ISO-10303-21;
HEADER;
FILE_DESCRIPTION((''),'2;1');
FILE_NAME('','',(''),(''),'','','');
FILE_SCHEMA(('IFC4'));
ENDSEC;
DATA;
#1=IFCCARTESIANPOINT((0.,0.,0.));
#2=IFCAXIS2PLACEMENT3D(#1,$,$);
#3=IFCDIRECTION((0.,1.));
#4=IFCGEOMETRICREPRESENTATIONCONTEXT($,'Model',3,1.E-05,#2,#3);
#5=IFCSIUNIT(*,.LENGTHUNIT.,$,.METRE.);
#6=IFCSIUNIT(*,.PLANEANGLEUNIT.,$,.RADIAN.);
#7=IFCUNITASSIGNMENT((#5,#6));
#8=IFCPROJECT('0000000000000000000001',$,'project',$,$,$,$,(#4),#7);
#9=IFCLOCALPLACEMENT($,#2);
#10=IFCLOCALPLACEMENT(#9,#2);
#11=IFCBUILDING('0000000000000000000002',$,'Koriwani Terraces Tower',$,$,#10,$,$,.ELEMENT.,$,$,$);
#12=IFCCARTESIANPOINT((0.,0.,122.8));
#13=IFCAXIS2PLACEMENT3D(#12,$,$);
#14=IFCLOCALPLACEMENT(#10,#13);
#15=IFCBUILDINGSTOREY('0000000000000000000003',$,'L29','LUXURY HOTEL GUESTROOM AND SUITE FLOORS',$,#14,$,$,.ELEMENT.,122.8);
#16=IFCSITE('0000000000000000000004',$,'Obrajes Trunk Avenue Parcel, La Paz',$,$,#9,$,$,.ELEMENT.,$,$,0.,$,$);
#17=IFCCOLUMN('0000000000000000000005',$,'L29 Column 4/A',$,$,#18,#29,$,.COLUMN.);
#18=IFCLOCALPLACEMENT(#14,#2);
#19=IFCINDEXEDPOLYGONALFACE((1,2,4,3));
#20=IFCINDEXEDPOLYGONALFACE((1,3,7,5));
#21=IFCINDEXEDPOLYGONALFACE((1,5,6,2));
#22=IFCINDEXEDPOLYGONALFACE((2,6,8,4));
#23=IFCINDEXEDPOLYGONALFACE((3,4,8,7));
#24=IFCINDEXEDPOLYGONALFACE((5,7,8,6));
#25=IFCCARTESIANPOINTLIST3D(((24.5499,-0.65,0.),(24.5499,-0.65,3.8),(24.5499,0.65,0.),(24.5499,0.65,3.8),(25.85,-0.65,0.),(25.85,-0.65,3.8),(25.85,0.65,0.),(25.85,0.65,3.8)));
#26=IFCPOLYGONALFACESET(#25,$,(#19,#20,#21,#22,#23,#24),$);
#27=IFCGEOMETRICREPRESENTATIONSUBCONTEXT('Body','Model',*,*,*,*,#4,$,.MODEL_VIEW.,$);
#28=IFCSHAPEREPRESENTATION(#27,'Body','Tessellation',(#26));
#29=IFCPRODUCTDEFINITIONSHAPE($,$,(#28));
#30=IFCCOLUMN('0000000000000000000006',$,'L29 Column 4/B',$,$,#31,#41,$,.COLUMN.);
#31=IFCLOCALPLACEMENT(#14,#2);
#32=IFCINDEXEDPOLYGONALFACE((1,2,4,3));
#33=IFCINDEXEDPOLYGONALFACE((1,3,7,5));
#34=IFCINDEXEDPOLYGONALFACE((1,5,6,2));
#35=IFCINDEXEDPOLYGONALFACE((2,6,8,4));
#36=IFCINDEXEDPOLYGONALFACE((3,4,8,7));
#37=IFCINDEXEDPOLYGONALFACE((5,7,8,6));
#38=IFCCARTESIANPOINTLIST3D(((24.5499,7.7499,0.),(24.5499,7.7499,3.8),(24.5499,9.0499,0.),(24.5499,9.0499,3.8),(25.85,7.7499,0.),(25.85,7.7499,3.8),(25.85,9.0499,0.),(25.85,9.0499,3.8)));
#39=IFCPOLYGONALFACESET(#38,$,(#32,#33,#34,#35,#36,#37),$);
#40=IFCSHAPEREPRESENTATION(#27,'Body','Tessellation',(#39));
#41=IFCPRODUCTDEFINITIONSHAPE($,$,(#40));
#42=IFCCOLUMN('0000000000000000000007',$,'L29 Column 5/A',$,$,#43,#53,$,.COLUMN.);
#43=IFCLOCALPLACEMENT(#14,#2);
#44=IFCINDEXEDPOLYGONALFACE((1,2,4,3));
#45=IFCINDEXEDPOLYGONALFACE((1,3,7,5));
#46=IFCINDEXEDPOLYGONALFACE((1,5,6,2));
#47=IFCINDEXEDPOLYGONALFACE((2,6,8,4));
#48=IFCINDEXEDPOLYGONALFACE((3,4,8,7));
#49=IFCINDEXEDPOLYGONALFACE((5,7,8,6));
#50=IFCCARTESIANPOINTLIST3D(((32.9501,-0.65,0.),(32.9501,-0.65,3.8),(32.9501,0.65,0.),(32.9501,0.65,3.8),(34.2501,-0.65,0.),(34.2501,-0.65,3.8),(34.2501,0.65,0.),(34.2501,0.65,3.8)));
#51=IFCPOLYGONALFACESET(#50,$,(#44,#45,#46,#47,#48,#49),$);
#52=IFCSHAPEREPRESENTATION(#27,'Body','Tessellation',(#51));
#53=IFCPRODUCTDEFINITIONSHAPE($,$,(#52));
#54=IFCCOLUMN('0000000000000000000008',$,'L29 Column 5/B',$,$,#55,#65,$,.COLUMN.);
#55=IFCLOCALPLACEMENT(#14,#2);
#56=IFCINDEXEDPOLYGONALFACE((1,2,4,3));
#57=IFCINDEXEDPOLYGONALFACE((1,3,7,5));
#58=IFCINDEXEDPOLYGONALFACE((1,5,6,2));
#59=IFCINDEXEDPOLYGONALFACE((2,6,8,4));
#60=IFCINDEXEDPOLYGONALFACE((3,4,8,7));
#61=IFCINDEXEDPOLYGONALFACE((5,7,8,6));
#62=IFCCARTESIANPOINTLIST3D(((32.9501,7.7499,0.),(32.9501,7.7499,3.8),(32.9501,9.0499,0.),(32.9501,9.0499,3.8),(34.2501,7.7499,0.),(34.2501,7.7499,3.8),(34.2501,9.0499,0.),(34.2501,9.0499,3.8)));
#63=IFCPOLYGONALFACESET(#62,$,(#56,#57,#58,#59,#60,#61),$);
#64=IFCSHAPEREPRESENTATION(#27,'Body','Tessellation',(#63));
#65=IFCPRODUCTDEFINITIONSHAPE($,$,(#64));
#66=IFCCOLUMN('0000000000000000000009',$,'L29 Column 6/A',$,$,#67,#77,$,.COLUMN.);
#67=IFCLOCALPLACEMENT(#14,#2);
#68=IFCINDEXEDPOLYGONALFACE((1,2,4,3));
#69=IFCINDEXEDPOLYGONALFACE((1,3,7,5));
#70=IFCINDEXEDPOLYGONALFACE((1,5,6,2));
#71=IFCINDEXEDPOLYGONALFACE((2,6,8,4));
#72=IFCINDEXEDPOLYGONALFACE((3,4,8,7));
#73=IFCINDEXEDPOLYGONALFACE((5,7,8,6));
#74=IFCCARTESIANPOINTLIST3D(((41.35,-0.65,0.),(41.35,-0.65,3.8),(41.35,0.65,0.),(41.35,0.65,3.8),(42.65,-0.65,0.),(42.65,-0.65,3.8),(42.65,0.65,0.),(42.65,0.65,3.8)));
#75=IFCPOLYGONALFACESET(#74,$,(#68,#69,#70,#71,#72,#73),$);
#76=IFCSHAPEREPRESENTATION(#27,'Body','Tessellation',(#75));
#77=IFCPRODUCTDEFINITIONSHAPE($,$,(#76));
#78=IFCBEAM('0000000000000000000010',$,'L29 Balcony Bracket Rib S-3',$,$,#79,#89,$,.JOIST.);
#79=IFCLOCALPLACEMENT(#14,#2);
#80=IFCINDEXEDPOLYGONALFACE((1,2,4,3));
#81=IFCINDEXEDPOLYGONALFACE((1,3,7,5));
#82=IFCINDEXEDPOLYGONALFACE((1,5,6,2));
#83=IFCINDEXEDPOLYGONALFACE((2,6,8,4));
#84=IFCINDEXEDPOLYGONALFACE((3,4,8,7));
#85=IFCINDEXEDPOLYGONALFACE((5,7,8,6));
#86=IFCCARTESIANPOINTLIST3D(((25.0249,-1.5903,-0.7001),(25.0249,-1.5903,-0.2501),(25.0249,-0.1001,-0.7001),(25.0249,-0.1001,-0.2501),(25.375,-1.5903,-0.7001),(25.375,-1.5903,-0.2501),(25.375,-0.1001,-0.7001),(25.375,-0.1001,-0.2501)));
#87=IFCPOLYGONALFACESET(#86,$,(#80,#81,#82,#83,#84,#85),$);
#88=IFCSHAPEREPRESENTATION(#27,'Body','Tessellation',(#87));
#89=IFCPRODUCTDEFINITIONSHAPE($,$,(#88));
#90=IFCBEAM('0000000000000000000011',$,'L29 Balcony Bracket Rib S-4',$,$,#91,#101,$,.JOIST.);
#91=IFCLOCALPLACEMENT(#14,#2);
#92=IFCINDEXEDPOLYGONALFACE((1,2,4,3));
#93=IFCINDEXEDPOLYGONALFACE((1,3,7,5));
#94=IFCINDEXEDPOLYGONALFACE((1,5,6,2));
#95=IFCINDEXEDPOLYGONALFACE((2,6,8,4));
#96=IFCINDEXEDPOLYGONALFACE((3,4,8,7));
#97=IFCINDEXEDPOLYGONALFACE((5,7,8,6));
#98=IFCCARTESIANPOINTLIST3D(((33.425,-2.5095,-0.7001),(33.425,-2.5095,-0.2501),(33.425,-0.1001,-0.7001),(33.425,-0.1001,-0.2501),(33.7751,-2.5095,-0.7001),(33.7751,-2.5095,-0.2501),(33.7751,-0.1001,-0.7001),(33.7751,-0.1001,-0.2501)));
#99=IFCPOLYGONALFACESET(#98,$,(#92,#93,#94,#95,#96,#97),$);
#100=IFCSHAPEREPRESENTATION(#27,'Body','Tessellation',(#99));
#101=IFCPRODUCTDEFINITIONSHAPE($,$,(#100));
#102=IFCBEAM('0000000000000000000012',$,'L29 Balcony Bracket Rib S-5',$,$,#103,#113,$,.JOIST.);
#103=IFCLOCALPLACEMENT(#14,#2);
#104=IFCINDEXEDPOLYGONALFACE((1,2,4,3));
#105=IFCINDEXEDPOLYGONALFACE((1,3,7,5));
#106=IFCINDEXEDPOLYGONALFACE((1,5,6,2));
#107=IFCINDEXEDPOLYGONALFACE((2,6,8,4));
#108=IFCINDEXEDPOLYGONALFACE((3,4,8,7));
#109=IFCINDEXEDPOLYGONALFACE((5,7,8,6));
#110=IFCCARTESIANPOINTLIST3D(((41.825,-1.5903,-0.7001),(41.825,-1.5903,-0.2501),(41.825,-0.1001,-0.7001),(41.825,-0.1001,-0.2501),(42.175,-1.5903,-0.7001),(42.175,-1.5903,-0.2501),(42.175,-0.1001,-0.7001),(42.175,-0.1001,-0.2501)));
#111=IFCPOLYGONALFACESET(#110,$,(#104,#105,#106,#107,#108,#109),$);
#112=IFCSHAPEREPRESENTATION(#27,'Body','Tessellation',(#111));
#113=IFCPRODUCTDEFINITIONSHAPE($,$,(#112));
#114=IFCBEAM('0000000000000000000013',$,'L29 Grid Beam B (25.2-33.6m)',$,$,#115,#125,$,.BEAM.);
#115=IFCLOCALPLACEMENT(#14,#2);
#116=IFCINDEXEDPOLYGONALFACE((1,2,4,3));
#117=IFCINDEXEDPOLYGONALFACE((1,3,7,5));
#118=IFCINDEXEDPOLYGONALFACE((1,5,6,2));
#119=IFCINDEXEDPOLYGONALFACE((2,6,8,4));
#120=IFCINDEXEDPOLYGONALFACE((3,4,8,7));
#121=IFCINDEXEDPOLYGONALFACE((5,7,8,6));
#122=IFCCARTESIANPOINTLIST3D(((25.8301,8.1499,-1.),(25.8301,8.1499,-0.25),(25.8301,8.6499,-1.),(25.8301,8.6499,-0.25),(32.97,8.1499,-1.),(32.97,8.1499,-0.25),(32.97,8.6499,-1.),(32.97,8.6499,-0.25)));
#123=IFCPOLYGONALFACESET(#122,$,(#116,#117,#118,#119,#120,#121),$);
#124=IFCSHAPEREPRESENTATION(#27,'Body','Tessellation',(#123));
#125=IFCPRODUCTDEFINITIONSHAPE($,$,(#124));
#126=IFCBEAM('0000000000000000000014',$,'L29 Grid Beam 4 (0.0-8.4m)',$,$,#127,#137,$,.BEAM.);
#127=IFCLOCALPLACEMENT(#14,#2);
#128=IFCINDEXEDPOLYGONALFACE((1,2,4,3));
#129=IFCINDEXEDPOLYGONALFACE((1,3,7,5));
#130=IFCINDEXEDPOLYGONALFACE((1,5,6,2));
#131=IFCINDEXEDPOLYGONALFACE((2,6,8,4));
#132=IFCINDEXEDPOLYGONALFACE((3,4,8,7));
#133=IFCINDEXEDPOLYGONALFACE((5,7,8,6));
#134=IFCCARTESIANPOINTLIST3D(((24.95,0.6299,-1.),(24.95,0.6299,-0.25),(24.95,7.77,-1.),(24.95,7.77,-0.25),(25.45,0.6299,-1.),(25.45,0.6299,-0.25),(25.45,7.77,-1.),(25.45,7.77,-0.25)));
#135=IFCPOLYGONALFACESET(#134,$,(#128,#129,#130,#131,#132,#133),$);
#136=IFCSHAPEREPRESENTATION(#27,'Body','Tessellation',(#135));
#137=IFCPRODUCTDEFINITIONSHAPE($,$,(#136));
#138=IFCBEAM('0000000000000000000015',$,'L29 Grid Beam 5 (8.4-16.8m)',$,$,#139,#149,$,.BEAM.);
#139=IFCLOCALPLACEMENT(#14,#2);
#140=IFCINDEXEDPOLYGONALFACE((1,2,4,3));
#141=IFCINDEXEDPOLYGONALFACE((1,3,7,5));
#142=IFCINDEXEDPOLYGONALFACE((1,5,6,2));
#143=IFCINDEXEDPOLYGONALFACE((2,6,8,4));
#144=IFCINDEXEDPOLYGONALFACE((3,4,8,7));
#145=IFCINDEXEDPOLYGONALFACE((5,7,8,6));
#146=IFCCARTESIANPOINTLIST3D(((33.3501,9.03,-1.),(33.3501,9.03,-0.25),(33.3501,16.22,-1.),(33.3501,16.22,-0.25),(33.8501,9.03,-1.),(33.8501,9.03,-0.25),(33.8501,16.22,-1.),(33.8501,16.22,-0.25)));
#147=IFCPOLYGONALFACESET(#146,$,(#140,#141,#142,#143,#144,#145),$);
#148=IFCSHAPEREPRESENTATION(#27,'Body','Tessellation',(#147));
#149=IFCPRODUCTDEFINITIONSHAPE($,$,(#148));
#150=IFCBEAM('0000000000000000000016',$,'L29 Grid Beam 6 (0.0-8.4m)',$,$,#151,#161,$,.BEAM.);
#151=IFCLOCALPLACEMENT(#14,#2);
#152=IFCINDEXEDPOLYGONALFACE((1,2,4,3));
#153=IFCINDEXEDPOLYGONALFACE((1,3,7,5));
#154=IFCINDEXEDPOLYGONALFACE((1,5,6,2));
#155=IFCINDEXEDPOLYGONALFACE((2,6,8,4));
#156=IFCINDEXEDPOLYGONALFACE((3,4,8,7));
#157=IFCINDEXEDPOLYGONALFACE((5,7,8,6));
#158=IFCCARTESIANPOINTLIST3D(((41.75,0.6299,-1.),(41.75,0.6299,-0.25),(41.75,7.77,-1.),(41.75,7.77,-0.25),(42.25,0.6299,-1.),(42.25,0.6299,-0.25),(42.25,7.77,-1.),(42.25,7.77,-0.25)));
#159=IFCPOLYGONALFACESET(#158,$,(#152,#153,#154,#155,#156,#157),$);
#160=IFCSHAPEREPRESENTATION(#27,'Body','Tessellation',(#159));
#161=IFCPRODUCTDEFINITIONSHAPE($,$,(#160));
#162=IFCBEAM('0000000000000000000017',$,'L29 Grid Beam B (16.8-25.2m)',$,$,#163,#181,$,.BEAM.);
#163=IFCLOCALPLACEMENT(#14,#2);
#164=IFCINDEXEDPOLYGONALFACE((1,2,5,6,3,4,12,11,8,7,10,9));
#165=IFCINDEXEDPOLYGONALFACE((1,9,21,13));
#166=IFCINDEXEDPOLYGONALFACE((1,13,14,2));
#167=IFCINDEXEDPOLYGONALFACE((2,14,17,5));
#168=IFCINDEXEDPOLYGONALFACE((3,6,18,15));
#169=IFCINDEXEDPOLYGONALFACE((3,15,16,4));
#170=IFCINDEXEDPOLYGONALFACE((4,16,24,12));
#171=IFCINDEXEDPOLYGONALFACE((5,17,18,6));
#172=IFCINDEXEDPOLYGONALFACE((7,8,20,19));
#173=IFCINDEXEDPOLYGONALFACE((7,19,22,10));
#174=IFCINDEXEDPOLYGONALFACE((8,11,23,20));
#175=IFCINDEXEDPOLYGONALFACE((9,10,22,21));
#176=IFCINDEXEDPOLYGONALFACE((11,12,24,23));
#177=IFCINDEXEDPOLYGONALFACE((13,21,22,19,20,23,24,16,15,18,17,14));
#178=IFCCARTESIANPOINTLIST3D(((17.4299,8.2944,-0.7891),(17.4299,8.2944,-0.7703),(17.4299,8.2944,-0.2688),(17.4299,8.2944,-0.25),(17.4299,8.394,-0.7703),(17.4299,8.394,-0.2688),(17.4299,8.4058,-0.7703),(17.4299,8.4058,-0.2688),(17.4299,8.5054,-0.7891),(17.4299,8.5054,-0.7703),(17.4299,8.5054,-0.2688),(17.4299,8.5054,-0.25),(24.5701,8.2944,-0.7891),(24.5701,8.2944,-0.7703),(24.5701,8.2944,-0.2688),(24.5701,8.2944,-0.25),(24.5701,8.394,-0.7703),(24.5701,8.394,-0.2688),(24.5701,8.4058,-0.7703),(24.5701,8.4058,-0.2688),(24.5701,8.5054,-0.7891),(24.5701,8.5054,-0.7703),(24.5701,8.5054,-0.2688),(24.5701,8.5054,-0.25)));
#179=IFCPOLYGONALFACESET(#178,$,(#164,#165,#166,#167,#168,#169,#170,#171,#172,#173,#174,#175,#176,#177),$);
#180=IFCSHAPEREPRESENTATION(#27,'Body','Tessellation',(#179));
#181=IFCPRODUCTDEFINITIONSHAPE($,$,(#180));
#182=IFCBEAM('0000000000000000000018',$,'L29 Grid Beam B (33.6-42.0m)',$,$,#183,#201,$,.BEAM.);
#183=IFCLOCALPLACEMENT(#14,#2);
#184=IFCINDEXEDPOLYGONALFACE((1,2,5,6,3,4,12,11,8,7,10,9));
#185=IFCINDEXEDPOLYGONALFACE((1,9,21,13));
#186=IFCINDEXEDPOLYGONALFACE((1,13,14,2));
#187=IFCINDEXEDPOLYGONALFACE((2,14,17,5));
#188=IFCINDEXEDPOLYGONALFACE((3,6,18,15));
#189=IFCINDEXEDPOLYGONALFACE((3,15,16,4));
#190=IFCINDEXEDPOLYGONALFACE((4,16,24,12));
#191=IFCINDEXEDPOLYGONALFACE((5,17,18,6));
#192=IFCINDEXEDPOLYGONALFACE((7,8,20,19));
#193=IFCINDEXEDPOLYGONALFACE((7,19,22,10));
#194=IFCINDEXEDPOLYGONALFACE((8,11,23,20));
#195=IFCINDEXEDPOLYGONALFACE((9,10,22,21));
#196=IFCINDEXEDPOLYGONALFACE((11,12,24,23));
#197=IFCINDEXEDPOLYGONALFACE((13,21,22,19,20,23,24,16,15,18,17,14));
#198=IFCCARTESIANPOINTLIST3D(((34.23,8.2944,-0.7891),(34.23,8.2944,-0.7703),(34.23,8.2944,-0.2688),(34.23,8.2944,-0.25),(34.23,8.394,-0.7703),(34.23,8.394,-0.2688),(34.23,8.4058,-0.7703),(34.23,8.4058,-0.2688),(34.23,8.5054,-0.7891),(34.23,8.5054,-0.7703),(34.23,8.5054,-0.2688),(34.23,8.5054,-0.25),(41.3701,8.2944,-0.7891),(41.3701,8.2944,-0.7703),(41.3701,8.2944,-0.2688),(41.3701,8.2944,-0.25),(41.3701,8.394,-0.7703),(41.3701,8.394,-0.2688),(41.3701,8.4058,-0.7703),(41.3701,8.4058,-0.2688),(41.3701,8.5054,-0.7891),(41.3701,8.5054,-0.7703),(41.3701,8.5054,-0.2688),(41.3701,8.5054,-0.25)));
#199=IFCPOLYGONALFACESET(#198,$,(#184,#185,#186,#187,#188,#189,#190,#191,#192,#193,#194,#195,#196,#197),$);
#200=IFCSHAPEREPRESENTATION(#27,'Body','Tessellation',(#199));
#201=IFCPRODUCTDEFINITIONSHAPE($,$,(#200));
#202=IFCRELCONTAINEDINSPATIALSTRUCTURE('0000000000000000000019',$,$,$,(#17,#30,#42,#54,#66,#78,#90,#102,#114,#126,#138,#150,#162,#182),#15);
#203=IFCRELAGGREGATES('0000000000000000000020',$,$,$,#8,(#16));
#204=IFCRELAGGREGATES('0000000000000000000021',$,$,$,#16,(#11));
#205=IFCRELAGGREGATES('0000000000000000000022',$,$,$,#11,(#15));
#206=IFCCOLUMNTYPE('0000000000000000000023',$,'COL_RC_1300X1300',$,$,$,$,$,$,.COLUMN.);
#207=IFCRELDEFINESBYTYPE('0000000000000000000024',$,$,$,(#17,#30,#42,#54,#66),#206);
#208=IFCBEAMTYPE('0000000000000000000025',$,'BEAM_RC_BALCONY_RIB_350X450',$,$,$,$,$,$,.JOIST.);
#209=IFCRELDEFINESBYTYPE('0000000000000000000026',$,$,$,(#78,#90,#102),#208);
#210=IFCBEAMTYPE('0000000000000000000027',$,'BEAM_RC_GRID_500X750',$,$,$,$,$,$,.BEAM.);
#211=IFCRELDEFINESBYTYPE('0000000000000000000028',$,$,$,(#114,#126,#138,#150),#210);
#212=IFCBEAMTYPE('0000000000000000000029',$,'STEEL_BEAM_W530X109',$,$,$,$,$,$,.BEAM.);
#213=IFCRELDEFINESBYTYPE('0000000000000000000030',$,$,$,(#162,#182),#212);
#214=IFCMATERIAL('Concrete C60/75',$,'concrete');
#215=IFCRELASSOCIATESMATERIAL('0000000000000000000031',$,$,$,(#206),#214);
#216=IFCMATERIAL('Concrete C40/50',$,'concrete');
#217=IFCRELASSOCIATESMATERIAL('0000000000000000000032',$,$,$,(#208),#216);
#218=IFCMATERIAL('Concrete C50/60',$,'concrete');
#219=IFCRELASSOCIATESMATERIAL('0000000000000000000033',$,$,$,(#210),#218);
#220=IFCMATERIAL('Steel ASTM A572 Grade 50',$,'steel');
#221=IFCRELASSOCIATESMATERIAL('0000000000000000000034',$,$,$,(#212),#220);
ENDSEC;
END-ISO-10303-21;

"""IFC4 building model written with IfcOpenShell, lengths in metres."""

from ifc_helpers import new_model, si_unit, direction, frame, origin, origin_2d, place, context, subcontext, project, spatial, rectangle, i_section, extrude, material, material_profile, profile_set, type_object, element, save


model = new_model("IFC4")

# Units and contexts
model_context = context("Model", 3, precision=1e-05, world=origin(), true_north=direction((0.0, 1.0)))
body_context = subcontext(model_context, "Body", "Model", "MODEL_VIEW")
ifc_project = project(units=[si_unit("LENGTHUNIT", "METRE"), si_unit("PLANEANGLEUNIT", "RADIAN")], contexts=[model_context])

# Site, building, storey
site_placement = place(None, origin())
site = spatial("IfcSite", under=ifc_project, at=site_placement, Name="Obrajes Trunk Avenue Parcel, La Paz", CompositionType="ELEMENT", RefElevation=0.0)
building_placement = place(site_placement, origin())
building = spatial("IfcBuilding", under=site, at=building_placement, Name="Koriwani Terraces Tower", CompositionType="ELEMENT")
storey_placement = place(building_placement, frame((0.0, 0.0, 122.8)))
storey = spatial("IfcBuildingStorey", under=building, at=storey_placement, Name="L29", Description="LUXURY HOTEL GUESTROOM AND SUITE FLOORS", CompositionType="ELEMENT", Elevation=122.8)

# Columns
ifc_material_1 = material(Name="Concrete C60/75", Category="concrete")
ifc_material_profile_1 = material_profile(ifc_material_1, rectangle(XDim=1.3, YDim=1.3, at=origin_2d()), Name="Concrete C60/75", Category="LoadBearing")
ifc_profile_set_1 = profile_set([ifc_material_profile_1], Name="Concrete C60/75")
column_type = type_object("IfcColumnType", Name="COL_RC_1300X1300", PredefinedType="COLUMN", material=ifc_profile_set_1)
for number, where, z_axis, x_axis, name in (
    (1, (25.2, 0.0, 0.0), (0.0, 0.0, 1.0), (1.0, 0.0, 0.0), "L29 Column 4/A"),
    (2, (25.2, 8.3999, 0.0), (0.0, 0.0, 1.0), (1.0, 0.0, 0.0), "L29 Column 4/B"),
    (3, (33.6001, 0.0, 0.0), (0.0, 0.0, 1.0), (1.0, 0.0, 0.0), "L29 Column 5/A"),
    (4, (33.6001, 8.3999, 0.0), (0.0, 0.0, 1.0), (1.0, 0.0, 0.0), "L29 Column 5/B"),
    (5, (42.0, 0.0, 0.0), (0.0, 0.0, 1.0), (1.0, 0.0, 0.0), "L29 Column 6/A"),
):
    element("IfcColumn", number, at=place(storey_placement, frame(where, z_axis=z_axis, x_axis=x_axis)), inside=storey, type_object=column_type, Name=name, PredefinedType="COLUMN", context=body_context, shape_type="SweptSolid", body=[
        extrude(rectangle(XDim=1.3, YDim=1.3, at=origin_2d()), origin(), (0.0, 0.0, 1.0), 3.8),
    ])

# Beams
ifc_material_2 = material(Name="Concrete C40/50", Category="concrete")
ifc_material_profile_2 = material_profile(ifc_material_2, rectangle(XDim=0.3501, YDim=0.45, at=origin_2d()), Name="Concrete C40/50", Category="LoadBearing")
ifc_profile_set_2 = profile_set([ifc_material_profile_2], Name="Concrete C40/50")
beam_type_1 = type_object("IfcBeamType", Name="BEAM_RC_BALCONY_RIB_350X450", PredefinedType="JOIST", material=ifc_profile_set_2)
beam_1_placement = place(storey_placement, frame((25.2, -1.5903, -0.4751), z_axis=(0.0, 1.0, 0.0), x_axis=(-1.0, 0.0, 0.0)))
element("IfcBeam", 6, at=beam_1_placement, inside=storey, type_object=beam_type_1, Name="L29 Balcony Bracket Rib S-3", PredefinedType="JOIST", context=body_context, shape_type="SweptSolid", body=[
    extrude(rectangle(XDim=0.3501, YDim=0.45, at=origin_2d()), origin(), (0.0, 0.0, 1.0), 1.4902),
])
beam_2_placement = place(storey_placement, frame((33.6001, -2.5095, -0.4751), z_axis=(0.0, 1.0, 0.0), x_axis=(-1.0, 0.0, 0.0)))
element("IfcBeam", 7, at=beam_2_placement, inside=storey, type_object=beam_type_1, Name="L29 Balcony Bracket Rib S-4", PredefinedType="JOIST", context=body_context, shape_type="SweptSolid", body=[
    extrude(rectangle(XDim=0.3501, YDim=0.45, at=origin_2d()), origin(), (0.0, 0.0, 1.0), 2.4094),
])
beam_3_placement = place(storey_placement, frame((42.0, -1.5903, -0.4751), z_axis=(0.0, 1.0, 0.0), x_axis=(-1.0, 0.0, 0.0)))
element("IfcBeam", 8, at=beam_3_placement, inside=storey, type_object=beam_type_1, Name="L29 Balcony Bracket Rib S-5", PredefinedType="JOIST", context=body_context, shape_type="SweptSolid", body=[
    extrude(rectangle(XDim=0.3501, YDim=0.45, at=origin_2d()), origin(), (0.0, 0.0, 1.0), 1.4902),
])
ifc_material_3 = material(Name="Concrete C50/60", Category="concrete")
ifc_material_profile_3 = material_profile(ifc_material_3, rectangle(XDim=0.5, YDim=0.75, at=origin_2d()), Name="Concrete C50/60", Category="LoadBearing")
ifc_profile_set_3 = profile_set([ifc_material_profile_3], Name="Concrete C50/60")
beam_type_2 = type_object("IfcBeamType", Name="BEAM_RC_GRID_500X750", PredefinedType="BEAM", material=ifc_profile_set_3)
beam_4_placement = place(storey_placement, frame((25.8301, 8.3999, -0.625), z_axis=(1.0, 0.0, 0.0), x_axis=(0.0, 1.0, 0.0)))
element("IfcBeam", 9, at=beam_4_placement, inside=storey, type_object=beam_type_2, Name="L29 Grid Beam B (25.2-33.6m)", PredefinedType="BEAM", context=body_context, shape_type="SweptSolid", body=[
    extrude(rectangle(XDim=0.5, YDim=0.75, at=origin_2d()), origin(), (0.0, 0.0, 1.0), 7.1399),
])
beam_5_placement = place(storey_placement, frame((25.2, 0.6299, -0.625), z_axis=(0.0, 1.0, 0.0), x_axis=(-1.0, 0.0, 0.0)))
element("IfcBeam", 10, at=beam_5_placement, inside=storey, type_object=beam_type_2, Name="L29 Grid Beam 4 (0.0-8.4m)", PredefinedType="BEAM", context=body_context, shape_type="SweptSolid", body=[
    extrude(rectangle(XDim=0.5, YDim=0.75, at=origin_2d()), origin(), (0.0, 0.0, 1.0), 7.1401),
])
beam_6_placement = place(storey_placement, frame((33.6001, 9.03, -0.625), z_axis=(0.0, 1.0, 0.0), x_axis=(-1.0, 0.0, 0.0)))
element("IfcBeam", 11, at=beam_6_placement, inside=storey, type_object=beam_type_2, Name="L29 Grid Beam 5 (8.4-16.8m)", PredefinedType="BEAM", context=body_context, shape_type="SweptSolid", body=[
    extrude(rectangle(XDim=0.5, YDim=0.75, at=origin_2d()), origin(), (0.0, 0.0, 1.0), 7.1899),
])
beam_7_placement = place(storey_placement, frame((42.0, 0.6299, -0.625), z_axis=(0.0, 1.0, 0.0), x_axis=(-1.0, 0.0, 0.0)))
element("IfcBeam", 12, at=beam_7_placement, inside=storey, type_object=beam_type_2, Name="L29 Grid Beam 6 (0.0-8.4m)", PredefinedType="BEAM", context=body_context, shape_type="SweptSolid", body=[
    extrude(rectangle(XDim=0.5, YDim=0.75, at=origin_2d()), origin(), (0.0, 0.0, 1.0), 7.1401),
])
ifc_material_4 = material(Name="Steel ASTM A572 Grade 50", Category="steel")
ifc_material_profile_4 = material_profile(ifc_material_4, i_section(OverallWidth=0.2109, OverallDepth=0.5391, WebThickness=0.0117, FlangeThickness=0.0188, at=origin_2d()), Name="Steel ASTM A572 Grade 50", Category="LoadBearing")
ifc_profile_set_4 = profile_set([ifc_material_profile_4], Name="Steel ASTM A572 Grade 50")
beam_type_3 = type_object("IfcBeamType", Name="STEEL_BEAM_W530X109", PredefinedType="BEAM", material=ifc_profile_set_4)
for number, where, z_axis, x_axis, name in (
    (13, (17.4299, 8.3999, -0.5195), (1.0, 0.0, 0.0), (0.0, 1.0, 0.0), "L29 Grid Beam B (16.8-25.2m)"),
    (14, (34.23, 8.3999, -0.5195), (1.0, 0.0, 0.0), (0.0, 1.0, 0.0), "L29 Grid Beam B (33.6-42.0m)"),
):
    element("IfcBeam", number, at=place(storey_placement, frame(where, z_axis=z_axis, x_axis=x_axis)), inside=storey, type_object=beam_type_3, Name=name, PredefinedType="BEAM", context=body_context, shape_type="SweptSolid", body=[
        extrude(i_section(OverallWidth=0.2109, OverallDepth=0.5391, WebThickness=0.0117, FlangeThickness=0.0188, at=origin_2d()), origin(), (0.0, 0.0, 1.0), 7.1401),
    ])

save(model, "model.ifc")
